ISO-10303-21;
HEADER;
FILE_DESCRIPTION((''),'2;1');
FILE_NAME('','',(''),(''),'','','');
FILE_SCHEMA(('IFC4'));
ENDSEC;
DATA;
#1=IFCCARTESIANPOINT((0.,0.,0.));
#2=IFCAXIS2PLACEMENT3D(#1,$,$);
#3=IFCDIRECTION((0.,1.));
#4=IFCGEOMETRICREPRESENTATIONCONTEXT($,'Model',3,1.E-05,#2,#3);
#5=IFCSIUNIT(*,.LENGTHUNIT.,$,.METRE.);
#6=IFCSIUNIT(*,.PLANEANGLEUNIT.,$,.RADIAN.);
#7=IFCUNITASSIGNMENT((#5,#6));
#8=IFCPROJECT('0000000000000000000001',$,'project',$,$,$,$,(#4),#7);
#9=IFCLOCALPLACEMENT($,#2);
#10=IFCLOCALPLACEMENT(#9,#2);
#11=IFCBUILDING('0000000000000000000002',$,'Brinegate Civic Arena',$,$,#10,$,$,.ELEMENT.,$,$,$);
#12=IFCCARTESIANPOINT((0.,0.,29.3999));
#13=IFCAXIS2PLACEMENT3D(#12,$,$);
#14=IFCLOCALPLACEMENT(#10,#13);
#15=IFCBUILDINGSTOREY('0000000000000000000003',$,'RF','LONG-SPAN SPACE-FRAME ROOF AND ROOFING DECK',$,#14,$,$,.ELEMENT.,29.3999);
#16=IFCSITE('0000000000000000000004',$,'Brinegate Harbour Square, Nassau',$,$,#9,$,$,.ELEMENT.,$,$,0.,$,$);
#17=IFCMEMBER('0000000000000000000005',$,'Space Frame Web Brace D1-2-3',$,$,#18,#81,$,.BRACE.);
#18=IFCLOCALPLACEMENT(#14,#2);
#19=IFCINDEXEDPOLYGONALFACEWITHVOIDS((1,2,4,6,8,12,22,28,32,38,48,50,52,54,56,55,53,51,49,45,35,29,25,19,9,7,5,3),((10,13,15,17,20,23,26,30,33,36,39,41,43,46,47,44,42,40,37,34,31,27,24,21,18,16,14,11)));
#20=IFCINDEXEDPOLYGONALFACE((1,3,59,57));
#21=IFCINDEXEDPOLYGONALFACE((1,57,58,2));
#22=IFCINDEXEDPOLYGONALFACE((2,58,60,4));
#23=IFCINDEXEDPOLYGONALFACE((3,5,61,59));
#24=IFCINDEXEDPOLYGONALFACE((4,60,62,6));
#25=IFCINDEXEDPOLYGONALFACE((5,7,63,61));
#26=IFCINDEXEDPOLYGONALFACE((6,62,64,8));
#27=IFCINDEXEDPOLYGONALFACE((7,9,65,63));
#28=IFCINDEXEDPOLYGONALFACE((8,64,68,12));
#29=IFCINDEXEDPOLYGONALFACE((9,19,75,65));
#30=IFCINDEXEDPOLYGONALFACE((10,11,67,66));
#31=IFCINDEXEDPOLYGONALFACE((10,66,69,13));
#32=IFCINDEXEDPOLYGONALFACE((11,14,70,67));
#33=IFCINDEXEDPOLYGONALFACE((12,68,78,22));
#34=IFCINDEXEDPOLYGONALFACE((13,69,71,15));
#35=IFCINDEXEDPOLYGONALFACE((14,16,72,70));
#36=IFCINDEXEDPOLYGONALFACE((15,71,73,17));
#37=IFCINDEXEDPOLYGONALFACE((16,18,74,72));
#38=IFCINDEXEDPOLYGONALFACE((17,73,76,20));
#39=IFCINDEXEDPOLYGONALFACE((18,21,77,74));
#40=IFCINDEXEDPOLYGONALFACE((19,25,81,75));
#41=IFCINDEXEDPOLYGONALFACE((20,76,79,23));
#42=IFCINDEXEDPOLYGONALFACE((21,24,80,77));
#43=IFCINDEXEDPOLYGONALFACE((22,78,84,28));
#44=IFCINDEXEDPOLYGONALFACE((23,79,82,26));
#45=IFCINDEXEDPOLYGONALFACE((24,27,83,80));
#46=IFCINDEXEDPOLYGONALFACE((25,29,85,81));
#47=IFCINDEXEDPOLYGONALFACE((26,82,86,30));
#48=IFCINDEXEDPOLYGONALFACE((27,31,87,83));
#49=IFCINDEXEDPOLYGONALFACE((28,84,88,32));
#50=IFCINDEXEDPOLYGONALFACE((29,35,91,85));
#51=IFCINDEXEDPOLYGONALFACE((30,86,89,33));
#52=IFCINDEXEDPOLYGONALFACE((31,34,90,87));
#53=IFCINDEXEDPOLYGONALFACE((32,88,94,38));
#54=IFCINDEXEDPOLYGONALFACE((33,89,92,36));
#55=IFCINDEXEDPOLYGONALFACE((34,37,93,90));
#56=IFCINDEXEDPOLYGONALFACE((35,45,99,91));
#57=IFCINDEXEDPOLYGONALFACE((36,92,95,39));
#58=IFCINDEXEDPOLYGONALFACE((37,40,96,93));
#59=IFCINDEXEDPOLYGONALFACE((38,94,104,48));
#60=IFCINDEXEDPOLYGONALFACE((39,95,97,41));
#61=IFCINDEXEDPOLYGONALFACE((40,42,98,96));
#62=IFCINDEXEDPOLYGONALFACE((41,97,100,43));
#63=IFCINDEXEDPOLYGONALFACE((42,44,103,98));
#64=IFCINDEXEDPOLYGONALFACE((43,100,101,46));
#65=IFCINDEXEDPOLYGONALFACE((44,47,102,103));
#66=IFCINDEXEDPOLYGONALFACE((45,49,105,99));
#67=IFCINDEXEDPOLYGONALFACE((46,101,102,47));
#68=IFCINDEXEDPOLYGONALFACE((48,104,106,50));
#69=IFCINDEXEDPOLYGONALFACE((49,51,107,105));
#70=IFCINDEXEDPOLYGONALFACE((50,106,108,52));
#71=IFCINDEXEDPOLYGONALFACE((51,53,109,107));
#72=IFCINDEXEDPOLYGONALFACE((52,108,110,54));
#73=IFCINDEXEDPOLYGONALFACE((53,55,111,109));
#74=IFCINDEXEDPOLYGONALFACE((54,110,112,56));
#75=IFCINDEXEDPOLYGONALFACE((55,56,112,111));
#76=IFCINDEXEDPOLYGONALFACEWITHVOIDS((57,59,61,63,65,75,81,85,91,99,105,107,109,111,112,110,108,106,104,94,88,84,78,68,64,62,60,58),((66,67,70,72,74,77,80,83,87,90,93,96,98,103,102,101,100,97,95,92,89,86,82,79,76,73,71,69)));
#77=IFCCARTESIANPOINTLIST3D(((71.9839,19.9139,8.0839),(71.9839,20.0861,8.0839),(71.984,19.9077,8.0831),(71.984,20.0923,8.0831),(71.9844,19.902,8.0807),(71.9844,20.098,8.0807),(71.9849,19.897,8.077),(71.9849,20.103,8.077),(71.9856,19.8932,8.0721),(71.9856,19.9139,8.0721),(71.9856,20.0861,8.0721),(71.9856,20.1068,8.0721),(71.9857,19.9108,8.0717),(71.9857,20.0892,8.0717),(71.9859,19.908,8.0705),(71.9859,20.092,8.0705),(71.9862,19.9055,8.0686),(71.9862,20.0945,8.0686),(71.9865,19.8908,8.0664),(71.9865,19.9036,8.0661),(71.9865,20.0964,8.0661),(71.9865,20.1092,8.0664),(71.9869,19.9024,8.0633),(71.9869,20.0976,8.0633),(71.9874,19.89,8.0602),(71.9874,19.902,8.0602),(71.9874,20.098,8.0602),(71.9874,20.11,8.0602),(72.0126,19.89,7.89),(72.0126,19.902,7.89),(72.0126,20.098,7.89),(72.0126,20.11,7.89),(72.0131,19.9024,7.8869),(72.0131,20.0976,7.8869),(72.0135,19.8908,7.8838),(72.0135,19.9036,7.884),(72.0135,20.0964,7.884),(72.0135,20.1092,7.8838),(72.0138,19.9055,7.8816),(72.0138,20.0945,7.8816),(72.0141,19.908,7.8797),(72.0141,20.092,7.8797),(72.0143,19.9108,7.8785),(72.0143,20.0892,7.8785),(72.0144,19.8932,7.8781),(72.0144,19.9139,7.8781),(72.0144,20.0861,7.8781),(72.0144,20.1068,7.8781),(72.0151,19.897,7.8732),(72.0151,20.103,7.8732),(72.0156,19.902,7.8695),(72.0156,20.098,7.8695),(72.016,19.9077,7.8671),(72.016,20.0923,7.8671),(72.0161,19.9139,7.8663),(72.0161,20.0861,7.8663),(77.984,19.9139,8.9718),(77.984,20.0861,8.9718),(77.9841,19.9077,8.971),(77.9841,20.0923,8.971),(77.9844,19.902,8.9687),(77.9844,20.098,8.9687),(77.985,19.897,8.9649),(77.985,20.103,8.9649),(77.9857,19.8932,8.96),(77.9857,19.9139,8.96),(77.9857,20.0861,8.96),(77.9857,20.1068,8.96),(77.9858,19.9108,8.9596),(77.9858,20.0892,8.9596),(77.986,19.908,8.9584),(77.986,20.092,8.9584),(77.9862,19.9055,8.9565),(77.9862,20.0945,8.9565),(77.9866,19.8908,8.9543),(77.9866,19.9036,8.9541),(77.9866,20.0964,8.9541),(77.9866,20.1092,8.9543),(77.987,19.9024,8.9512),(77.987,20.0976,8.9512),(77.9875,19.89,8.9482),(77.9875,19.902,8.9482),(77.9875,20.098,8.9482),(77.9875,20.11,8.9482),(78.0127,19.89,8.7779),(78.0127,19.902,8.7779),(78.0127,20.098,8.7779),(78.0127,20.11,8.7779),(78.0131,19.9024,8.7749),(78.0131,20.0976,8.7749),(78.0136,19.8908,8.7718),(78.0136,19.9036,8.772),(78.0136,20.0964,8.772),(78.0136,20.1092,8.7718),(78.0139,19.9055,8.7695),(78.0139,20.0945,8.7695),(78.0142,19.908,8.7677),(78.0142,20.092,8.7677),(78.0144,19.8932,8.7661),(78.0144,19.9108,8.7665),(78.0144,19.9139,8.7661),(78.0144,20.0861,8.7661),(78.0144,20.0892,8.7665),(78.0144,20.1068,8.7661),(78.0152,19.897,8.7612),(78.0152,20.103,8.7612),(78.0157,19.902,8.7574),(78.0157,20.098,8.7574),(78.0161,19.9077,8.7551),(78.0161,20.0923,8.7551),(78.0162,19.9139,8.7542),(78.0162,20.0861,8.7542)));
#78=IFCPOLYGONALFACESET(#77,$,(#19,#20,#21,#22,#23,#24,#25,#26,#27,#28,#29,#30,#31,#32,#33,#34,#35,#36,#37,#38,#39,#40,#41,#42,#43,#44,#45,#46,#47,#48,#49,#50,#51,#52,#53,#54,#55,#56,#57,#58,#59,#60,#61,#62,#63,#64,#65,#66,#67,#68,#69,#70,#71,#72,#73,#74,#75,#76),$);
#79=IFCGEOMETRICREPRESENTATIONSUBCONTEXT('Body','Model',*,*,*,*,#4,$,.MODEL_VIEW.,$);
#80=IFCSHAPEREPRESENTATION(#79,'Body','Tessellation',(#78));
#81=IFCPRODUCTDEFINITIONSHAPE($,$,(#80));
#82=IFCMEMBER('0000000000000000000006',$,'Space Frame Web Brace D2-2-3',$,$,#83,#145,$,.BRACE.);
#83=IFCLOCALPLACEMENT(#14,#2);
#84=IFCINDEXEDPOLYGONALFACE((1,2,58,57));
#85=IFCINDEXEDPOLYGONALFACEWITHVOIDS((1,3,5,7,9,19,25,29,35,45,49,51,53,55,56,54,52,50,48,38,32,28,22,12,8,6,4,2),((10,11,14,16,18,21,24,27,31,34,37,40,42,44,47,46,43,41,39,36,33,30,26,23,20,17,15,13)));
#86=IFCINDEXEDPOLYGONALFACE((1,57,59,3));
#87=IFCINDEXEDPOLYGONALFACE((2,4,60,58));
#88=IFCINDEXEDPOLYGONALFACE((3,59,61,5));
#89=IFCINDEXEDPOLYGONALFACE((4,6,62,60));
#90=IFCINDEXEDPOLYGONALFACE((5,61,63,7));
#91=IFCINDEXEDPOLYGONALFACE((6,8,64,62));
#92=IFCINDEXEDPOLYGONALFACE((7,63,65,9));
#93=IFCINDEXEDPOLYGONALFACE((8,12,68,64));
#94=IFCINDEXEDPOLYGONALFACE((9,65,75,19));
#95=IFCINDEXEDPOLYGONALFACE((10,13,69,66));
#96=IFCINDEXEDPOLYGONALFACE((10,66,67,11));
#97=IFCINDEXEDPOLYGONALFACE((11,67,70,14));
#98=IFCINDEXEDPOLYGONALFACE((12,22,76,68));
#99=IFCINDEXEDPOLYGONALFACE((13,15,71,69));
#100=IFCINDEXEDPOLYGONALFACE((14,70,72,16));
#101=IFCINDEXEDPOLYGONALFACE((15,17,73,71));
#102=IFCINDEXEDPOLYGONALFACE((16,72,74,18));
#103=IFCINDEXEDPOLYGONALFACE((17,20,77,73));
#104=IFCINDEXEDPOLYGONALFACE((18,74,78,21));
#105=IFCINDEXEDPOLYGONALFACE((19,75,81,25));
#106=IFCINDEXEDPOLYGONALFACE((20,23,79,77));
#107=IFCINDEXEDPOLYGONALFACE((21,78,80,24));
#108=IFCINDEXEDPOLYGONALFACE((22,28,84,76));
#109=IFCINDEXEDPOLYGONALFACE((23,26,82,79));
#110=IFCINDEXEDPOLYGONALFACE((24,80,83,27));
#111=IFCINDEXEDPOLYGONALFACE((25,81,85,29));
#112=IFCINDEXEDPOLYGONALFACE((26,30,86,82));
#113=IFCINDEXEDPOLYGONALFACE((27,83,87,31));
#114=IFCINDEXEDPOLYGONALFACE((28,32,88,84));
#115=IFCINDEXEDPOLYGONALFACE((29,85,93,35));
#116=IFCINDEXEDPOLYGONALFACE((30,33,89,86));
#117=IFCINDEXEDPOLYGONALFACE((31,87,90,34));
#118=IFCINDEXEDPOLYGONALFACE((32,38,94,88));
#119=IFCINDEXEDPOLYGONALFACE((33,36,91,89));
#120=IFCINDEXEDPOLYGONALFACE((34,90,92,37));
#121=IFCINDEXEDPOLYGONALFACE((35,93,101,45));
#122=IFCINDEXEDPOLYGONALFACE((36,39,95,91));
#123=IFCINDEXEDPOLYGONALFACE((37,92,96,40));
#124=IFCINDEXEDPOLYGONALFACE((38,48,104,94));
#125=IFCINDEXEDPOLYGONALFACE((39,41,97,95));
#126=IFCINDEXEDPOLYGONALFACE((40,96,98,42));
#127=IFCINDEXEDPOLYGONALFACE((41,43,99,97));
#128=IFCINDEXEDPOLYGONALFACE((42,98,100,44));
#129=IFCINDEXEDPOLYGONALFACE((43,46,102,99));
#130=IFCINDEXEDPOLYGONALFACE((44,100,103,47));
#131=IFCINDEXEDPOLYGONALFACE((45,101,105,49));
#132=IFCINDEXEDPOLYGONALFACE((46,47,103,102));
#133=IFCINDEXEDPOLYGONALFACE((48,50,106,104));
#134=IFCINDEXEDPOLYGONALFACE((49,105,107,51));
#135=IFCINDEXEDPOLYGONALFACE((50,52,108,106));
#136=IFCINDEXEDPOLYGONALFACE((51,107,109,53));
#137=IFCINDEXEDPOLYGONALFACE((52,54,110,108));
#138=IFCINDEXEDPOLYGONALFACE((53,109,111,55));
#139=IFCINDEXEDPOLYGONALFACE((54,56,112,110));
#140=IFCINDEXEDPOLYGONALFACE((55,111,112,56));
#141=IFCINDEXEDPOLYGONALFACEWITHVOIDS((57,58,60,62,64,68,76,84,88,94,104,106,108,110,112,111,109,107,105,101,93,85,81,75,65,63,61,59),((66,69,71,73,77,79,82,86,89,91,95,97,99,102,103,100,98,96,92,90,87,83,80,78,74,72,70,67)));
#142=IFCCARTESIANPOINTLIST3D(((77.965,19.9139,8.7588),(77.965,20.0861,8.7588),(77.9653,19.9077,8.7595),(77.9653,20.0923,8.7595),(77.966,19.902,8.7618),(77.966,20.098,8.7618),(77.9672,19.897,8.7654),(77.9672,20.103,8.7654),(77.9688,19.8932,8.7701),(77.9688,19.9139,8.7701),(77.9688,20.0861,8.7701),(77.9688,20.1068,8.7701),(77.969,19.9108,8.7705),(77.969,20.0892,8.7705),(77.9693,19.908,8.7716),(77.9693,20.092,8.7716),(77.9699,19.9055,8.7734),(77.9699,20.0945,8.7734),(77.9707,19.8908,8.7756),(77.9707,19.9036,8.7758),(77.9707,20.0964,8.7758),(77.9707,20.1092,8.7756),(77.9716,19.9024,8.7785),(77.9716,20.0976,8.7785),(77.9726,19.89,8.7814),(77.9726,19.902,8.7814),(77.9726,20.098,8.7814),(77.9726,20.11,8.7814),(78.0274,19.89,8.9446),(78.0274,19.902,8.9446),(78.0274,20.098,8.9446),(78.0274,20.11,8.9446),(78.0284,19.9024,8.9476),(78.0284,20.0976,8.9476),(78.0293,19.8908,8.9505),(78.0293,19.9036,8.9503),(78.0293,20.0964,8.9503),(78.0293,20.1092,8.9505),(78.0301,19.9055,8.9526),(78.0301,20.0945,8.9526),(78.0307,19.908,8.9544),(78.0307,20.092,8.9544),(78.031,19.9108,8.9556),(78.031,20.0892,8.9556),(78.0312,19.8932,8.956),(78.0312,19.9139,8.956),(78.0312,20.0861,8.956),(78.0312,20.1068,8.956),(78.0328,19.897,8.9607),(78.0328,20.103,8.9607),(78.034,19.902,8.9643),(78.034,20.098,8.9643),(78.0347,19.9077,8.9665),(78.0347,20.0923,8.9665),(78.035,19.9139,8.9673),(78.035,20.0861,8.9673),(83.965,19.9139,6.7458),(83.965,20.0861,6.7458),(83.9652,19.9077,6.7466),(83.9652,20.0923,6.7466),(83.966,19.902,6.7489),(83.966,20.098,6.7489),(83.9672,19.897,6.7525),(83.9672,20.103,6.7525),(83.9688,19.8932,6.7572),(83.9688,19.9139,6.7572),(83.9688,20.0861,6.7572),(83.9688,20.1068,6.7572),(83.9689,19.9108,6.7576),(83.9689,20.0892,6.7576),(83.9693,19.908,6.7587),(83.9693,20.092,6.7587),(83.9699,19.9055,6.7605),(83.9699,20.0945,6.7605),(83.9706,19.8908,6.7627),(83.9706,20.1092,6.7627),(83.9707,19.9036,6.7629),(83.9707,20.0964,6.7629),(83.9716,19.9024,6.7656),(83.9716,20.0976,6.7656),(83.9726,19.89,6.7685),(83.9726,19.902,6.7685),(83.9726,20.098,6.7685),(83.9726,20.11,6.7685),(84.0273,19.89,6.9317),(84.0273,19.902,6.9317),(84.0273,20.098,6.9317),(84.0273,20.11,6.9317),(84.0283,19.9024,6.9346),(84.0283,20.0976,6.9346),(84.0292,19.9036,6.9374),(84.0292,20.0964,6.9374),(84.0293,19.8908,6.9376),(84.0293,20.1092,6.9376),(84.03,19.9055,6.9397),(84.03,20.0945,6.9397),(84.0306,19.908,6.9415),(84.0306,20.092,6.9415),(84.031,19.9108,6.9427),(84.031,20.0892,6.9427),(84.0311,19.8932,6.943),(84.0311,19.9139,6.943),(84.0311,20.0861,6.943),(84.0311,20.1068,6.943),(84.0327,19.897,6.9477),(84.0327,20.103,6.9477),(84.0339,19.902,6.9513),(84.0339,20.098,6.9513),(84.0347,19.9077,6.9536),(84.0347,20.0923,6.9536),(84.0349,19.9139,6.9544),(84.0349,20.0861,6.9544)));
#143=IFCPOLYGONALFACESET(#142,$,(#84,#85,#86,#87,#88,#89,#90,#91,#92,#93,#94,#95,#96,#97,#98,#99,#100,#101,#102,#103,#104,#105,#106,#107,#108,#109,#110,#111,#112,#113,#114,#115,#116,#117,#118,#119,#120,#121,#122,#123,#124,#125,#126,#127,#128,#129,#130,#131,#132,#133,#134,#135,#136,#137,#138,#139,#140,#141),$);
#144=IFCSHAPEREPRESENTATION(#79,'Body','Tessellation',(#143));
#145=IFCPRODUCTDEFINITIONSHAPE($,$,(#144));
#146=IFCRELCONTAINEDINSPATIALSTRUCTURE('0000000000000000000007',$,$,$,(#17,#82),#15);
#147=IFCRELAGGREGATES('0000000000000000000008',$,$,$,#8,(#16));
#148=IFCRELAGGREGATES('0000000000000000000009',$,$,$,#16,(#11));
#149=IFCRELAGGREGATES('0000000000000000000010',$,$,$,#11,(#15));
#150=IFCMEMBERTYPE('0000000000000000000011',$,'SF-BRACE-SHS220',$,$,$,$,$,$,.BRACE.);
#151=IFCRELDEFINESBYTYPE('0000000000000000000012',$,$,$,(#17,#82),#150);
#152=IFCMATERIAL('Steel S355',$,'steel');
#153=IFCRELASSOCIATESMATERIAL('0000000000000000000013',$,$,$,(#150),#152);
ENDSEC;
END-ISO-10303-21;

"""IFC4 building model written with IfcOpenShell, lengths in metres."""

from ifc_helpers import new_model, si_unit, direction, frame, origin, origin_2d, place, context, subcontext, project, spatial, hollow_rectangle, extrude, material, material_profile, profile_set, type_object, element, save


model = new_model("IFC4")

# Units and contexts
model_context = context("Model", 3, precision=1e-05, world=origin(), true_north=direction((0.0, 1.0)))
body_context = subcontext(model_context, "Body", "Model", "MODEL_VIEW")
ifc_project = project(units=[si_unit("LENGTHUNIT", "METRE"), si_unit("PLANEANGLEUNIT", "RADIAN")], contexts=[model_context])

# Site, building, storey
site_placement = place(None, origin())
site = spatial("IfcSite", under=ifc_project, at=site_placement, Name="Brinegate Harbour Square, Nassau", CompositionType="ELEMENT", RefElevation=0.0)
building_placement = place(site_placement, origin())
building = spatial("IfcBuilding", under=site, at=building_placement, Name="Brinegate Civic Arena", CompositionType="ELEMENT")
storey_placement = place(building_placement, frame((0.0, 0.0, 29.3999)))
storey = spatial("IfcBuildingStorey", under=building, at=storey_placement, Name="RF", Description="LONG-SPAN SPACE-FRAME ROOF AND ROOFING DECK", CompositionType="ELEMENT", Elevation=29.3999)

# Shared definitions
ifc_material_1 = material(Name="Steel S355", Category="steel")

# Members
ifc_material_profile_1 = material_profile(ifc_material_1, hollow_rectangle(XDim=0.22, YDim=0.22, WallThickness=0.012, InnerFilletRadius=0.012, OuterFilletRadius=0.0239, at=origin_2d()), Name="SHS220X12")
ifc_profile_set_1 = profile_set([ifc_material_profile_1], Name="Steel S355")
member_type_1 = type_object("IfcMemberType", Name="SF-BRACE-SHS220", PredefinedType="BRACE", material=ifc_profile_set_1)
member_1_placement = place(storey_placement, frame((72.0, 20.0, 7.9751), z_axis=(0.989226, 0.0, 0.146395), x_axis=(0.0, 1.0, 0.0)))
element("IfcMember", 1, at=member_1_placement, inside=storey, type_object=member_type_1, Name="Space Frame Web Brace D1-2-3", PredefinedType="BRACE", context=body_context, shape_type="SweptSolid", body=[
    extrude(hollow_rectangle(XDim=0.22, YDim=0.22, WallThickness=0.012, InnerFilletRadius=0.012, OuterFilletRadius=0.0239, at=origin_2d()), origin(), (0.0, 0.0, 1.0), 6.0654),
])
member_2_placement = place(storey_placement, frame((78.0, 20.0, 8.863), z_axis=(0.948068, 0.0, -0.318067), x_axis=(0.0, 1.0, 0.0)))
element("IfcMember", 2, at=member_2_placement, inside=storey, type_object=member_type_1, Name="Space Frame Web Brace D2-2-3", PredefinedType="BRACE", context=body_context, shape_type="SweptSolid", body=[
    extrude(hollow_rectangle(XDim=0.22, YDim=0.22, WallThickness=0.012, InnerFilletRadius=0.012, OuterFilletRadius=0.0239, at=origin_2d()), origin(), (0.0, 0.0, 1.0), 6.3286),
])

save(model, "model.ifc")
